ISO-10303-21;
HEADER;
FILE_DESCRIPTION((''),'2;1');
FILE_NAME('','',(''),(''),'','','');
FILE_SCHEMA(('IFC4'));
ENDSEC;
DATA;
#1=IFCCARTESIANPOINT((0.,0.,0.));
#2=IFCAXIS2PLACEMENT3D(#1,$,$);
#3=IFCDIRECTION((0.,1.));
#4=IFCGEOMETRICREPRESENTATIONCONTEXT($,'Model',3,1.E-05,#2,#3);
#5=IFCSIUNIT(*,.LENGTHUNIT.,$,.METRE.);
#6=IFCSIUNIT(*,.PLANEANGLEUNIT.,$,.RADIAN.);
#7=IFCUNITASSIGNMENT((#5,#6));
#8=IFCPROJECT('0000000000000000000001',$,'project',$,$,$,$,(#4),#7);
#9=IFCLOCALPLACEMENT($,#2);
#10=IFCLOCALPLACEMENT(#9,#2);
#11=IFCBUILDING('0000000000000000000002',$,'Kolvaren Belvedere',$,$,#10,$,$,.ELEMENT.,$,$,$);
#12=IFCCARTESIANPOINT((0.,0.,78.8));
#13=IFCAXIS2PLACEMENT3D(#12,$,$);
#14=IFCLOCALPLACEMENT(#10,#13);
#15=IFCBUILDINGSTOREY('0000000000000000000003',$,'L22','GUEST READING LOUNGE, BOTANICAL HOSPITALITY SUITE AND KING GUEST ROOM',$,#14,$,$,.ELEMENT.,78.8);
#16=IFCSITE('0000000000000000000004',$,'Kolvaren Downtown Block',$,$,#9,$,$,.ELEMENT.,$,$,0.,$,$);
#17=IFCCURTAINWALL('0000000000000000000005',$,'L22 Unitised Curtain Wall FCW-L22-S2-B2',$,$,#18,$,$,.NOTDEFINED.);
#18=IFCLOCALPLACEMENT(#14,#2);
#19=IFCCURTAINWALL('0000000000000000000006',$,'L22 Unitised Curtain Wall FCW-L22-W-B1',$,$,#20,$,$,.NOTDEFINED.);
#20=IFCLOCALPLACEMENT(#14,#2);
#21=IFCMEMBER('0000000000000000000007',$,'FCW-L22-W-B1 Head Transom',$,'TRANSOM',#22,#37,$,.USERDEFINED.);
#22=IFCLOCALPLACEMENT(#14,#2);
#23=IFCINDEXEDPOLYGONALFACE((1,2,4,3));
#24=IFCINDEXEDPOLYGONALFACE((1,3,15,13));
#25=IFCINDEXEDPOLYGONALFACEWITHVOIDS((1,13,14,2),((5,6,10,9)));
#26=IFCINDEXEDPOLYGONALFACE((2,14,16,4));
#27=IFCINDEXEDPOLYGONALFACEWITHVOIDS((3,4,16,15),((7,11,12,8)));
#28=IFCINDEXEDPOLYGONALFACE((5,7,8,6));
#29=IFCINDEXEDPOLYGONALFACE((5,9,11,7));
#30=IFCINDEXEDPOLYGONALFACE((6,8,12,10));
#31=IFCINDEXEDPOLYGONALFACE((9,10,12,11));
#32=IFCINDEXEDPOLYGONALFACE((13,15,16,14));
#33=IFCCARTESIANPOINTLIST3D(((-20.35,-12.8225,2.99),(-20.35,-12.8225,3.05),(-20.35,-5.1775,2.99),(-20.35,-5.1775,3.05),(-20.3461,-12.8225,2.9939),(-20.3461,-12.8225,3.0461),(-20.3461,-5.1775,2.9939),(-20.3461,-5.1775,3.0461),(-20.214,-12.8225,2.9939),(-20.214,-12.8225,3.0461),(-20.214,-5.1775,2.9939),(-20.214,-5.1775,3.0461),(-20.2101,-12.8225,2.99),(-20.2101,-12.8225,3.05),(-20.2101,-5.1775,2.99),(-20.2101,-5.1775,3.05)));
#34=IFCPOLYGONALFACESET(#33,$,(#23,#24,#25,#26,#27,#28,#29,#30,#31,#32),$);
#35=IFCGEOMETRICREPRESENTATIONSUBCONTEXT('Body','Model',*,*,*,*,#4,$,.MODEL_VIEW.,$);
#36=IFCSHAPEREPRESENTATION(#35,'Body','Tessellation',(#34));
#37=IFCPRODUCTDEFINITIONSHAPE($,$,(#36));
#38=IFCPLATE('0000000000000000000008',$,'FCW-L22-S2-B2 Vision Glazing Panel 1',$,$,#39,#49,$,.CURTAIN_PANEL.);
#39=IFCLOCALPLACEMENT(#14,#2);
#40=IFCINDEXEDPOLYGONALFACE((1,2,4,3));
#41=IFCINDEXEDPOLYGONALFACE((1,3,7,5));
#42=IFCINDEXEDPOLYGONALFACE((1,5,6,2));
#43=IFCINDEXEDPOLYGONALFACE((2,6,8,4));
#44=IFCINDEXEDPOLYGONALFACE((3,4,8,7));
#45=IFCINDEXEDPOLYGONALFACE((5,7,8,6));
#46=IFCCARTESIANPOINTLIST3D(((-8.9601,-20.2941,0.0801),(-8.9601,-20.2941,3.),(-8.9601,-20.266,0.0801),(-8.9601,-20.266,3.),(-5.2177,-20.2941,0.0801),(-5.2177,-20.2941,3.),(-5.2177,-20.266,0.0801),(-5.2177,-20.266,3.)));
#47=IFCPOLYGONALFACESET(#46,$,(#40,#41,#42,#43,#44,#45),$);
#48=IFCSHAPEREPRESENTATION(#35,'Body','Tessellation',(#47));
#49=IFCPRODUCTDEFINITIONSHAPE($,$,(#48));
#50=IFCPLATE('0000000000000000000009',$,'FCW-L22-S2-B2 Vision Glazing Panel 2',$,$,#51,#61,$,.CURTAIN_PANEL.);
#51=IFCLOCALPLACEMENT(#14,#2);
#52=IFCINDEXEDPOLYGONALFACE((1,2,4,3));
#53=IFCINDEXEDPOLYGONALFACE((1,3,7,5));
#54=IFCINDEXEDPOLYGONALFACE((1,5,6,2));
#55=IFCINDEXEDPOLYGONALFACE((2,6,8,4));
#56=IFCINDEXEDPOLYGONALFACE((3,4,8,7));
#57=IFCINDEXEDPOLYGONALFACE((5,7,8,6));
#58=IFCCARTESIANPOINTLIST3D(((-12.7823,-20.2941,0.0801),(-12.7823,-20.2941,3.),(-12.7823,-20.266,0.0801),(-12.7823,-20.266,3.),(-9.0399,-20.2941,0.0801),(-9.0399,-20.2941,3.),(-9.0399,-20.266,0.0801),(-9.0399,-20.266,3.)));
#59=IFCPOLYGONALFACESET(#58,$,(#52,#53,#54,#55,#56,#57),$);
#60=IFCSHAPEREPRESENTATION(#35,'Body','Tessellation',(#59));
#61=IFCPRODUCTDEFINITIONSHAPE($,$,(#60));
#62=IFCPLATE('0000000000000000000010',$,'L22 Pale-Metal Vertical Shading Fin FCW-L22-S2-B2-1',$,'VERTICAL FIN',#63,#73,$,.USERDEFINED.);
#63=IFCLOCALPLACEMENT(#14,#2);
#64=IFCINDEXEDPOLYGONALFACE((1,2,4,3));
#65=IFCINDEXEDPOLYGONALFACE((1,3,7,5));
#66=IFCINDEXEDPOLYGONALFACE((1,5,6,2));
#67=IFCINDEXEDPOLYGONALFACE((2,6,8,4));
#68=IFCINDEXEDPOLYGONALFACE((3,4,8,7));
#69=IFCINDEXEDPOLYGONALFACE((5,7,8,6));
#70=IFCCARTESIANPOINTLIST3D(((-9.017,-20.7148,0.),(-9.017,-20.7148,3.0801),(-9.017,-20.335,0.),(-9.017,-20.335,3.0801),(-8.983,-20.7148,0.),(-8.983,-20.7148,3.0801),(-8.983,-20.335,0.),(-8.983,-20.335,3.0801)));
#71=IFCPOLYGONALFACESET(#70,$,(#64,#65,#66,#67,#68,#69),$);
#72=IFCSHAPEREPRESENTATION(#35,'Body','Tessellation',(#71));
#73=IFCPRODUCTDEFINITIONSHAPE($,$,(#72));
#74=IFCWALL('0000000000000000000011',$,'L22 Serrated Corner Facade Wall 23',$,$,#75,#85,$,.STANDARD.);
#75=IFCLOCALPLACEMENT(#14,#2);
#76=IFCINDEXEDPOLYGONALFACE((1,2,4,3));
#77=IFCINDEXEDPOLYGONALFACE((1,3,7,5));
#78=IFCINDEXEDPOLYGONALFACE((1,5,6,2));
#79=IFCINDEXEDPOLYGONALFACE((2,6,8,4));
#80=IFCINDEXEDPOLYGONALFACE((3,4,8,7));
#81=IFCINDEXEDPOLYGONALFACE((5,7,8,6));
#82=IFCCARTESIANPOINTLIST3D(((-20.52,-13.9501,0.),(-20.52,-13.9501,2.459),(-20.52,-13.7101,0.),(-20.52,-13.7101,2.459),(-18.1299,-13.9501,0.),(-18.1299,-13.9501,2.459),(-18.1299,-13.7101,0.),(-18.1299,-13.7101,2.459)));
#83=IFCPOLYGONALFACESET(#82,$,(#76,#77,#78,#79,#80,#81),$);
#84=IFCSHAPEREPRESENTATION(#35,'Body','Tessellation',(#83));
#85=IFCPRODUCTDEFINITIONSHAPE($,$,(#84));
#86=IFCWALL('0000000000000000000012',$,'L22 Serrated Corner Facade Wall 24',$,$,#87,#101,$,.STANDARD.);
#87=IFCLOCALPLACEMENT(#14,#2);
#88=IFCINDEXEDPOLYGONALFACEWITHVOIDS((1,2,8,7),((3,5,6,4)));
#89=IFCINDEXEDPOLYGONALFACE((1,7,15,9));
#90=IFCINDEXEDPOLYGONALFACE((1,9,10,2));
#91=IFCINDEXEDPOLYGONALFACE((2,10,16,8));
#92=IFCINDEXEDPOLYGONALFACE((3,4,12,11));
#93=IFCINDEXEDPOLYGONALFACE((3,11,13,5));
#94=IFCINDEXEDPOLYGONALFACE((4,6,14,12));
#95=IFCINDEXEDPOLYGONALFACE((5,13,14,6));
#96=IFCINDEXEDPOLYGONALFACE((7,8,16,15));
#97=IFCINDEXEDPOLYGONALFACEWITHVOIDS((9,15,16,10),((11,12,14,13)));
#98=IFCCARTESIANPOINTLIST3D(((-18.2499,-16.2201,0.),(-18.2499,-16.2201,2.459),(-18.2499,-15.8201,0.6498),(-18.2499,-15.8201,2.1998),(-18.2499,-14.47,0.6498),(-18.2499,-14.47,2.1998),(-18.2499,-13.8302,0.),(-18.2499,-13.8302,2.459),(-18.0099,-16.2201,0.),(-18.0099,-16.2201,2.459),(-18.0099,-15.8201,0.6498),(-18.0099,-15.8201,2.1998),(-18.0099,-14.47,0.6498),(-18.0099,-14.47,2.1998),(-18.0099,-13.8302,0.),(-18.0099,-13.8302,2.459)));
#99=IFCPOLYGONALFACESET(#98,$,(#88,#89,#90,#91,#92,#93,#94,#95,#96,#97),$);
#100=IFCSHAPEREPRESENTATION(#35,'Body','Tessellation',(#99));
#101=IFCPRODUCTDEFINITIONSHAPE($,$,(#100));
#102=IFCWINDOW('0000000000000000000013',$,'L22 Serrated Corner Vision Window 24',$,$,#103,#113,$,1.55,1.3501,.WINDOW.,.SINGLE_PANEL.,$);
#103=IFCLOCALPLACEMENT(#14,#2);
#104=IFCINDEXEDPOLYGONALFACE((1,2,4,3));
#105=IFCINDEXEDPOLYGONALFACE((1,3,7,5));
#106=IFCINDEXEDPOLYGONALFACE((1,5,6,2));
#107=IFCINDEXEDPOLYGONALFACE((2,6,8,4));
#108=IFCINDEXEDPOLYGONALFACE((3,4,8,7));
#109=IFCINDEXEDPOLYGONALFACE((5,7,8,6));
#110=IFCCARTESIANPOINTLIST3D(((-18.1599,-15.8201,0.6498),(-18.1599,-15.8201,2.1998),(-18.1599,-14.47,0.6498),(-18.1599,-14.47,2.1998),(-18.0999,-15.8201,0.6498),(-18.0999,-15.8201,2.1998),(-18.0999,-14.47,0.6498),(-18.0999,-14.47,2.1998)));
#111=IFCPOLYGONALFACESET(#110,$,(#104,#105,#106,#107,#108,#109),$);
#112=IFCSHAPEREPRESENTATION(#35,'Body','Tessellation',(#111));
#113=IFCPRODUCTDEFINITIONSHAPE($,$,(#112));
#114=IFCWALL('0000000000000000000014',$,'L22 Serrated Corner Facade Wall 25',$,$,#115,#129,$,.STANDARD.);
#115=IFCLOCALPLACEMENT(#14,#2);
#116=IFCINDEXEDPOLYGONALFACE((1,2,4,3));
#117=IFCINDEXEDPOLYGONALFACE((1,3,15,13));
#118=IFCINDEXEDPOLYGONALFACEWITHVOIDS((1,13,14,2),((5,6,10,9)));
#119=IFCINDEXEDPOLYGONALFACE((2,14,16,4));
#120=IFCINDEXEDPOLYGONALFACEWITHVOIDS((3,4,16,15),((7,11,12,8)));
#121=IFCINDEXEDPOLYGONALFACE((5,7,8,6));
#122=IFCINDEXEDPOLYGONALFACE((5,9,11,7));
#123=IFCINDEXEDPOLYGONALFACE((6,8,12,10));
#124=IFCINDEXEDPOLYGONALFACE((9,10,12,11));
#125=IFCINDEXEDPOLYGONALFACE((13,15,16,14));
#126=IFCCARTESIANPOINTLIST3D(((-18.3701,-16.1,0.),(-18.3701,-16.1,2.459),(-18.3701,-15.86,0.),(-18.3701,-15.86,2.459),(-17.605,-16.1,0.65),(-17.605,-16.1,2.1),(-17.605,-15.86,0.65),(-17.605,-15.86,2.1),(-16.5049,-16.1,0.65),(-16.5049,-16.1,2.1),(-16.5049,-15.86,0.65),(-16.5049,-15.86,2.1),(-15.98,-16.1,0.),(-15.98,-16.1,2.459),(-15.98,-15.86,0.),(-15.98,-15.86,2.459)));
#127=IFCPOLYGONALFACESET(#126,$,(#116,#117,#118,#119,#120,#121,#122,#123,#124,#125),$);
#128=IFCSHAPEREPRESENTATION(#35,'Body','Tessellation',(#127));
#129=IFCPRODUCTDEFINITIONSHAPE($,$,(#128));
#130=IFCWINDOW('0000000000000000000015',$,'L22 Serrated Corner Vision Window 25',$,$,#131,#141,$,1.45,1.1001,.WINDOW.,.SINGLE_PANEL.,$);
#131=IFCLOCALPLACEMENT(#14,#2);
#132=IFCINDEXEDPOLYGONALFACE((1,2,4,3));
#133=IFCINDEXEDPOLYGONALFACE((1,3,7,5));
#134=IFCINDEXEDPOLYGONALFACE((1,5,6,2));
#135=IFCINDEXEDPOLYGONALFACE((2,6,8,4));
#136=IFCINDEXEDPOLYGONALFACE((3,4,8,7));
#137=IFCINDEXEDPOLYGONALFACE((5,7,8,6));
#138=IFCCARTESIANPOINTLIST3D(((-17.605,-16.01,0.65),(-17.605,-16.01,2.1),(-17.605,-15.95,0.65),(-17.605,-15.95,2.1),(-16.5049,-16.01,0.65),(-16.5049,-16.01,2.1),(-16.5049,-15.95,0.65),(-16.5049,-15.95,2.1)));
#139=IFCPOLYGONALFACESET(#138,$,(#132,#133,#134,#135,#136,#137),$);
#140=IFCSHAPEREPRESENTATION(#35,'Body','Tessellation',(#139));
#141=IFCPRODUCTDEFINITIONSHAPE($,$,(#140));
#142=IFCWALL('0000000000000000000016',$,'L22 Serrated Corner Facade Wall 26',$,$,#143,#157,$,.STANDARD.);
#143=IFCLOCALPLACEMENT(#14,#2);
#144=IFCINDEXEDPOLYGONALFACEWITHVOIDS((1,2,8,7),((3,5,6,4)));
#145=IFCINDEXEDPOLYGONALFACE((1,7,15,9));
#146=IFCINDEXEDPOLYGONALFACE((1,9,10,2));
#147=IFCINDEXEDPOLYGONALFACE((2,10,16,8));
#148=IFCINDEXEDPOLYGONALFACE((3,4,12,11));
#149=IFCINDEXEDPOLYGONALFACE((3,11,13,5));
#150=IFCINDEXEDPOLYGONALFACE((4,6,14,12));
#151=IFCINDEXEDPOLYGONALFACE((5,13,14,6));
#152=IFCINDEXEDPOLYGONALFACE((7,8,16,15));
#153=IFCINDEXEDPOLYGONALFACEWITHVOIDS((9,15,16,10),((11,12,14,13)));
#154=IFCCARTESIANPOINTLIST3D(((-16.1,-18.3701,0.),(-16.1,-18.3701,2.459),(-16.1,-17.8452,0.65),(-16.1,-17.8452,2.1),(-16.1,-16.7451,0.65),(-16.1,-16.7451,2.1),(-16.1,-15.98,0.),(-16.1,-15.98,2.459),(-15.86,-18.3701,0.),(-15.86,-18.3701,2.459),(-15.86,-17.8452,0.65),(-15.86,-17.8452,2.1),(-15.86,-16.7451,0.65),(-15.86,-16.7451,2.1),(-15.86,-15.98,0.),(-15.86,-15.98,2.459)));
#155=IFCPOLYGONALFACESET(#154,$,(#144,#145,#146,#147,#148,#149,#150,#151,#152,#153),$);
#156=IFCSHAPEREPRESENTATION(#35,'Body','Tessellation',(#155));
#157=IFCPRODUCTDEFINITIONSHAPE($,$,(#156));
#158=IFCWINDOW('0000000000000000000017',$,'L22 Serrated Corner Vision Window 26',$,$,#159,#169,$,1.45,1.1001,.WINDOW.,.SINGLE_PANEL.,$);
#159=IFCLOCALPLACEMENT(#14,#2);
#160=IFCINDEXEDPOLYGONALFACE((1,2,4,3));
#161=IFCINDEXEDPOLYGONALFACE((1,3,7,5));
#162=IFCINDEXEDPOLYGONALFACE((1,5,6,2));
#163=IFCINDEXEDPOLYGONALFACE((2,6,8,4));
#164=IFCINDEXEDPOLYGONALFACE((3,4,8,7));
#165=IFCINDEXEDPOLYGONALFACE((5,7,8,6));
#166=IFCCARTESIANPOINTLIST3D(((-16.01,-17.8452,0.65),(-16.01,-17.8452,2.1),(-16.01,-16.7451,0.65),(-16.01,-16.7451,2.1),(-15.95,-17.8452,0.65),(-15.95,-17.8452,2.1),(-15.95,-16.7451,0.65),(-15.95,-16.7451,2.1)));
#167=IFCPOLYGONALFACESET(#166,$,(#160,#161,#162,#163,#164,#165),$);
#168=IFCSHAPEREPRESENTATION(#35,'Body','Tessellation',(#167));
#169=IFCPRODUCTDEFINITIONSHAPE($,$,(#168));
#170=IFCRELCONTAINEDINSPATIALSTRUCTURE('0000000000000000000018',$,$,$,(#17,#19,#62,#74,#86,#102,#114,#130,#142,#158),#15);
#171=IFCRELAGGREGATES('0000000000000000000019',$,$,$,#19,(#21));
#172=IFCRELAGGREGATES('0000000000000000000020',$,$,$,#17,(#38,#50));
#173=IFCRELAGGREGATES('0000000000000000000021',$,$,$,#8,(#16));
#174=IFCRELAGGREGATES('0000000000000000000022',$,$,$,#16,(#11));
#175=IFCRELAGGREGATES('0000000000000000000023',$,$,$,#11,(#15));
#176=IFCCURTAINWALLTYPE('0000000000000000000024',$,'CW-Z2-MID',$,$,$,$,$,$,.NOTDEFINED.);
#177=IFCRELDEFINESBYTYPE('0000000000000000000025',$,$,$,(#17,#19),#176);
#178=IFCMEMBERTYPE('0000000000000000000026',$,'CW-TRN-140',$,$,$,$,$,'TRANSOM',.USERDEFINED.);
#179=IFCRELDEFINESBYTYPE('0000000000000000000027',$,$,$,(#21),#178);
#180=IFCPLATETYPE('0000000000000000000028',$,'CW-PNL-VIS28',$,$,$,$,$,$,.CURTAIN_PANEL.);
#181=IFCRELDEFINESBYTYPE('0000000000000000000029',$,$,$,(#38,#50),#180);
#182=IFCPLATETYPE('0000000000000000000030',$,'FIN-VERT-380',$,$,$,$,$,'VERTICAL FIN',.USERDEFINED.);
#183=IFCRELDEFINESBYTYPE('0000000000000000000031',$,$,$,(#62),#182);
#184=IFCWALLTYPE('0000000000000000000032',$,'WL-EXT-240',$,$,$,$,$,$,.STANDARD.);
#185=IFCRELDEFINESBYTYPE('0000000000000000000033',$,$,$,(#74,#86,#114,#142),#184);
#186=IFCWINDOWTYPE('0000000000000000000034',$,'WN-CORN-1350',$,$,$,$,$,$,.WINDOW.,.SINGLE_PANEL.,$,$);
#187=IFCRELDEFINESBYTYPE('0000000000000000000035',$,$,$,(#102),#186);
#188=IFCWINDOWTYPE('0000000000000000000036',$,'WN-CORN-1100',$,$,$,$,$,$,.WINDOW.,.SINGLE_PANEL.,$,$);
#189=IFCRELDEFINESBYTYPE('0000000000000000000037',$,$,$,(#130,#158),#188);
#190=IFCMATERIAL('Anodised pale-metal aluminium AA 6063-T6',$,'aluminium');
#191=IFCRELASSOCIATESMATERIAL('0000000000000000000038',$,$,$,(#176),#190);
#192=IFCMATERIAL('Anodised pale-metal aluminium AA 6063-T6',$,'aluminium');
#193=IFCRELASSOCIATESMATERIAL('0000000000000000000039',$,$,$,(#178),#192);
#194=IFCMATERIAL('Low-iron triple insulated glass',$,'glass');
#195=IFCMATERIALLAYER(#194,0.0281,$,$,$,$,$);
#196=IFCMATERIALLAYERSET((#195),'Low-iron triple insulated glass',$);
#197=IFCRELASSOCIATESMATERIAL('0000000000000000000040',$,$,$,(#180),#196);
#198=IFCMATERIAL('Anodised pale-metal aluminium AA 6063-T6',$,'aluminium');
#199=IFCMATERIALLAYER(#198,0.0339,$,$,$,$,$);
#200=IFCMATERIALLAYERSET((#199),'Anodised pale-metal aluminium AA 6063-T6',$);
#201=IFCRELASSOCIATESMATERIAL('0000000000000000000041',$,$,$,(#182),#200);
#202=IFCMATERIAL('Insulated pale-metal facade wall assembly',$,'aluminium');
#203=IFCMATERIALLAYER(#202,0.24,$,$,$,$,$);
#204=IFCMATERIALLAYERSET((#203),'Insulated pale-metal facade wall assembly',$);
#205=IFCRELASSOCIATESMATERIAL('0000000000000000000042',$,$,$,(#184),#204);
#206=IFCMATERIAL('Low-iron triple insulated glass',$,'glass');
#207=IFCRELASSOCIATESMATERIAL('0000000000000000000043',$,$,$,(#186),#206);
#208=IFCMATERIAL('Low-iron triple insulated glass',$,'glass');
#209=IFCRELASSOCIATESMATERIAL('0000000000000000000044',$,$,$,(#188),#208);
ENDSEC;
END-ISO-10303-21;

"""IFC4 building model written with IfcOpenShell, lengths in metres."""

from ifc_helpers import new_model, si_unit, direction, frame, frame_2d, origin, origin_2d, place, context, subcontext, project, spatial, rectangle, hollow_rectangle, extrude, material, layer, layer_set, material_profile, profile_set, type_object, element, fill, aggregate, save


model = new_model("IFC4")

# Units and contexts
model_context = context("Model", 3, precision=1e-05, world=origin(), true_north=direction((0.0, 1.0)))
body_context = subcontext(model_context, "Body", "Model", "MODEL_VIEW")
ifc_project = project(units=[si_unit("LENGTHUNIT", "METRE"), si_unit("PLANEANGLEUNIT", "RADIAN")], contexts=[model_context])

# Site, building, storey
site_placement = place(None, origin())
site = spatial("IfcSite", under=ifc_project, at=site_placement, Name="Kolvaren Downtown Block", CompositionType="ELEMENT", RefElevation=0.0)
building_placement = place(site_placement, origin())
building = spatial("IfcBuilding", under=site, at=building_placement, Name="Kolvaren Belvedere", CompositionType="ELEMENT")
storey_placement = place(building_placement, frame((0.0, 0.0, 78.8)))
storey = spatial("IfcBuildingStorey", under=building, at=storey_placement, Name="L22", Description="GUEST READING LOUNGE, BOTANICAL HOSPITALITY SUITE AND KING GUEST ROOM", CompositionType="ELEMENT", Elevation=78.8)

# Curtain walls, member
ifc_material_1 = material(Name="Anodised pale-metal aluminium AA 6063-T6", Category="aluminium")
curtain_wall_type = type_object("IfcCurtainWallType", Name="CW-Z2-MID", PredefinedType="NOTDEFINED", material=ifc_material_1)
curtain_wall_1_placement = place(storey_placement, origin())
curtain_wall_1 = element("IfcCurtainWall", 1, at=curtain_wall_1_placement, inside=storey, type_object=curtain_wall_type, Name="L22 Unitised Curtain Wall FCW-L22-S2-B2", PredefinedType="NOTDEFINED")
curtain_wall_2_placement = place(storey_placement, origin())
curtain_wall_2 = element("IfcCurtainWall", 2, at=curtain_wall_2_placement, inside=storey, type_object=curtain_wall_type, Name="L22 Unitised Curtain Wall FCW-L22-W-B1", PredefinedType="NOTDEFINED")
ifc_material_2 = material(Name="Anodised pale-metal aluminium AA 6063-T6", Category="aluminium")
ifc_material_profile_1 = material_profile(ifc_material_2, hollow_rectangle(XDim=0.0601, YDim=0.1399, WallThickness=0.0039, at=origin_2d()), Name="ALU-TRN-140X60")
ifc_profile_set_1 = profile_set([ifc_material_profile_1], Name="Anodised pale-metal aluminium AA 6063-T6")
member_type_1 = type_object("IfcMemberType", Name="CW-TRN-140", ElementType="TRANSOM", PredefinedType="USERDEFINED", material=ifc_profile_set_1)
member_1_placement = place(storey_placement, frame((-20.28, -12.8225, 3.02), z_axis=(0.0, 1.0, 0.0), x_axis=(0.0, 0.0, 1.0)))
member_1 = element("IfcMember", 3, at=member_1_placement, type_object=member_type_1, Name="FCW-L22-W-B1 Head Transom", ObjectType="TRANSOM", PredefinedType="USERDEFINED", context=body_context, shape_type="SweptSolid", body=[
    extrude(hollow_rectangle(XDim=0.0601, YDim=0.1399, WallThickness=0.0039, at=origin_2d()), origin(), (0.0, 0.0, 1.0), 7.645),
])
aggregate(curtain_wall_2, [member_1])

# Plates
ifc_material_3 = material(Name="Low-iron triple insulated glass", Category="glass")
ifc_layer_1 = layer(ifc_material_3, 0.0281)
ifc_layer_set_1 = layer_set([ifc_layer_1], Name="Low-iron triple insulated glass")
plate_type_1 = type_object("IfcPlateType", Name="CW-PNL-VIS28", PredefinedType="CURTAIN_PANEL", material=ifc_layer_set_1)
plate_1_placement = place(storey_placement, frame((-7.0889, -20.28, 0.0801), z_axis=(0.0, 0.0, 1.0), x_axis=(-1.0, 0.0, 0.0)))
plate_1 = element("IfcPlate", 4, at=plate_1_placement, type_object=plate_type_1, Name="FCW-L22-S2-B2 Vision Glazing Panel 1", PredefinedType="CURTAIN_PANEL", context=body_context, shape_type="SweptSolid", body=[
    extrude(rectangle(XDim=3.7424, YDim=0.0281, at=origin_2d()), origin(), (0.0, 0.0, 1.0), 2.9199),
])
plate_2_placement = place(storey_placement, frame((-10.9111, -20.28, 0.0801), z_axis=(0.0, 0.0, 1.0), x_axis=(-1.0, 0.0, 0.0)))
plate_2 = element("IfcPlate", 5, at=plate_2_placement, type_object=plate_type_1, Name="FCW-L22-S2-B2 Vision Glazing Panel 2", PredefinedType="CURTAIN_PANEL", context=body_context, shape_type="SweptSolid", body=[
    extrude(rectangle(XDim=3.7424, YDim=0.0281, at=origin_2d()), origin(), (0.0, 0.0, 1.0), 2.9199),
])
aggregate(curtain_wall_1, [plate_1, plate_2])
ifc_material_4 = material(Name="Anodised pale-metal aluminium AA 6063-T6", Category="aluminium")
ifc_layer_2 = layer(ifc_material_4, 0.0339)
ifc_layer_set_2 = layer_set([ifc_layer_2], Name="Anodised pale-metal aluminium AA 6063-T6")
plate_type_2 = type_object("IfcPlateType", Name="FIN-VERT-380", ElementType="VERTICAL FIN", PredefinedType="USERDEFINED", material=ifc_layer_set_2)
plate_3_placement = place(storey_placement, frame((-9.0, -20.5249, 0.0), z_axis=(0.0, 0.0, 1.0), x_axis=(0.0, 1.0, 0.0)))
element("IfcPlate", 6, at=plate_3_placement, inside=storey, type_object=plate_type_2, Name="L22 Pale-Metal Vertical Shading Fin FCW-L22-S2-B2-1", ObjectType="VERTICAL FIN", PredefinedType="USERDEFINED", context=body_context, shape_type="SweptSolid", body=[
    extrude(rectangle(XDim=0.3799, YDim=0.0339, at=origin_2d()), origin(), (0.0, 0.0, 1.0), 3.0801),
])

# Wall
ifc_material_5 = material(Name="Insulated pale-metal facade wall assembly", Category="aluminium")
ifc_layer_3 = layer(ifc_material_5, 0.24)
ifc_layer_set_3 = layer_set([ifc_layer_3], Name="Insulated pale-metal facade wall assembly")
wall_type_1 = type_object("IfcWallType", Name="WL-EXT-240", PredefinedType="STANDARD", material=ifc_layer_set_3)
wall_1_placement = place(storey_placement, frame((-18.1299, -13.8301, 0.0), z_axis=(0.0, 0.0, 1.0), x_axis=(-1.0, 0.0, 0.0)))
element("IfcWall", 7, at=wall_1_placement, inside=storey, type_object=wall_type_1, Name="L22 Serrated Corner Facade Wall 23", PredefinedType="STANDARD", context=body_context, shape_type="SweptSolid", body=[
    extrude(rectangle(XDim=2.3901, YDim=0.24, at=frame_2d((1.1951, 0.0))), origin(), (0.0, 0.0, 1.0), 2.459),
])

# Walls, openings, windows
wall_2_placement = place(storey_placement, frame((-18.1299, -16.22, 0.0), z_axis=(0.0, 0.0, 1.0), x_axis=(0.0, 1.0, 0.0)))
wall_2 = element("IfcWall", 8, at=wall_2_placement, inside=storey, type_object=wall_type_1, Name="L22 Serrated Corner Facade Wall 24", PredefinedType="STANDARD", context=body_context, shape_type="SweptSolid", body=[
    extrude(rectangle(XDim=2.3899, YDim=0.24, at=frame_2d((1.1948, 0.0))), origin(), (0.0, 0.0, 1.0), 2.459),
])
opening_1_placement = place(wall_2_placement, frame((0.3999, 0.0, 0.6499)))
opening_1 = element("IfcOpeningElement", 9, at=opening_1_placement, cuts=wall_2, PredefinedType="OPENING", context=body_context, shape_type="SweptSolid", body=[
    extrude(rectangle(XDim=1.3501, YDim=1.55, at=frame_2d((0.675, 0.7749))), frame((0.0, 0.1299, 0.0), z_axis=(0.0, -1.0, 0.0), x_axis=(1.0, 0.0, 0.0)), (0.0, 0.0, 1.0), 0.26),
])
ifc_material_6 = material(Name="Low-iron triple insulated glass", Category="glass")
window_type_1 = type_object("IfcWindowType", Name="WN-CORN-1350", PartitioningType="SINGLE_PANEL", PredefinedType="WINDOW", material=ifc_material_6)
window_1_placement = place(opening_1_placement, origin())
window_1 = element("IfcWindow", 10, at=window_1_placement, inside=storey, type_object=window_type_1, Name="L22 Serrated Corner Vision Window 24", OverallHeight=1.55, OverallWidth=1.3501, PartitioningType="SINGLE_PANEL", PredefinedType="WINDOW", context=body_context, shape_type="SweptSolid", body=[
    extrude(rectangle(XDim=1.3501, YDim=1.55, at=frame_2d((0.675, 0.7749))), frame((0.0, 0.03, 0.0), z_axis=(0.0, -1.0, 0.0), x_axis=(1.0, 0.0, 0.0)), (0.0, 0.0, 1.0), 0.0601),
])
fill(opening_1, window_1)
wall_3_placement = place(storey_placement, frame((-15.98, -15.98, 0.0), z_axis=(0.0, 0.0, 1.0), x_axis=(-1.0, 0.0, 0.0)))
wall_3 = element("IfcWall", 11, at=wall_3_placement, inside=storey, type_object=wall_type_1, Name="L22 Serrated Corner Facade Wall 25", PredefinedType="STANDARD", context=body_context, shape_type="SweptSolid", body=[
    extrude(rectangle(XDim=2.3901, YDim=0.24, at=frame_2d((1.1951, 0.0))), origin(), (0.0, 0.0, 1.0), 2.459),
])
opening_2_placement = place(wall_3_placement, frame((0.5249, 0.0, 0.6499)))
opening_2 = element("IfcOpeningElement", 12, at=opening_2_placement, cuts=wall_3, PredefinedType="OPENING", context=body_context, shape_type="SweptSolid", body=[
    extrude(rectangle(XDim=1.1001, YDim=1.45, at=frame_2d((0.55, 0.7251))), frame((0.0, 0.1299, 0.0), z_axis=(0.0, -1.0, 0.0), x_axis=(1.0, 0.0, 0.0)), (0.0, 0.0, 1.0), 0.26),
])
ifc_material_7 = material(Name="Low-iron triple insulated glass", Category="glass")
window_type_2 = type_object("IfcWindowType", Name="WN-CORN-1100", PartitioningType="SINGLE_PANEL", PredefinedType="WINDOW", material=ifc_material_7)
window_2_placement = place(opening_2_placement, origin())
window_2 = element("IfcWindow", 13, at=window_2_placement, inside=storey, type_object=window_type_2, Name="L22 Serrated Corner Vision Window 25", OverallHeight=1.45, OverallWidth=1.1001, PartitioningType="SINGLE_PANEL", PredefinedType="WINDOW", context=body_context, shape_type="SweptSolid", body=[
    extrude(rectangle(XDim=1.1001, YDim=1.45, at=frame_2d((0.55, 0.7251))), frame((0.0, 0.03, 0.0), z_axis=(0.0, -1.0, 0.0), x_axis=(1.0, 0.0, 0.0)), (0.0, 0.0, 1.0), 0.0601),
])
fill(opening_2, window_2)
wall_4_placement = place(storey_placement, frame((-15.98, -18.3701, 0.0), z_axis=(0.0, 0.0, 1.0), x_axis=(0.0, 1.0, 0.0)))
wall_4 = element("IfcWall", 14, at=wall_4_placement, inside=storey, type_object=wall_type_1, Name="L22 Serrated Corner Facade Wall 26", PredefinedType="STANDARD", context=body_context, shape_type="SweptSolid", body=[
    extrude(rectangle(XDim=2.3901, YDim=0.24, at=frame_2d((1.1951, 0.0))), origin(), (0.0, 0.0, 1.0), 2.459),
])
opening_3_placement = place(wall_4_placement, frame((0.5249, 0.0, 0.6499)))
opening_3 = element("IfcOpeningElement", 15, at=opening_3_placement, cuts=wall_4, PredefinedType="OPENING", context=body_context, shape_type="SweptSolid", body=[
    extrude(rectangle(XDim=1.1001, YDim=1.45, at=frame_2d((0.55, 0.7251))), frame((0.0, 0.1299, 0.0), z_axis=(0.0, -1.0, 0.0), x_axis=(1.0, 0.0, 0.0)), (0.0, 0.0, 1.0), 0.26),
])
window_3_placement = place(opening_3_placement, origin())
window_3 = element("IfcWindow", 16, at=window_3_placement, inside=storey, type_object=window_type_2, Name="L22 Serrated Corner Vision Window 26", OverallHeight=1.45, OverallWidth=1.1001, PartitioningType="SINGLE_PANEL", PredefinedType="WINDOW", context=body_context, shape_type="SweptSolid", body=[
    extrude(rectangle(XDim=1.1001, YDim=1.45, at=frame_2d((0.55, 0.7251))), frame((0.0, 0.03, 0.0), z_axis=(0.0, -1.0, 0.0), x_axis=(1.0, 0.0, 0.0)), (0.0, 0.0, 1.0), 0.0601),
])
fill(opening_3, window_3)

save(model, "model.ifc")
